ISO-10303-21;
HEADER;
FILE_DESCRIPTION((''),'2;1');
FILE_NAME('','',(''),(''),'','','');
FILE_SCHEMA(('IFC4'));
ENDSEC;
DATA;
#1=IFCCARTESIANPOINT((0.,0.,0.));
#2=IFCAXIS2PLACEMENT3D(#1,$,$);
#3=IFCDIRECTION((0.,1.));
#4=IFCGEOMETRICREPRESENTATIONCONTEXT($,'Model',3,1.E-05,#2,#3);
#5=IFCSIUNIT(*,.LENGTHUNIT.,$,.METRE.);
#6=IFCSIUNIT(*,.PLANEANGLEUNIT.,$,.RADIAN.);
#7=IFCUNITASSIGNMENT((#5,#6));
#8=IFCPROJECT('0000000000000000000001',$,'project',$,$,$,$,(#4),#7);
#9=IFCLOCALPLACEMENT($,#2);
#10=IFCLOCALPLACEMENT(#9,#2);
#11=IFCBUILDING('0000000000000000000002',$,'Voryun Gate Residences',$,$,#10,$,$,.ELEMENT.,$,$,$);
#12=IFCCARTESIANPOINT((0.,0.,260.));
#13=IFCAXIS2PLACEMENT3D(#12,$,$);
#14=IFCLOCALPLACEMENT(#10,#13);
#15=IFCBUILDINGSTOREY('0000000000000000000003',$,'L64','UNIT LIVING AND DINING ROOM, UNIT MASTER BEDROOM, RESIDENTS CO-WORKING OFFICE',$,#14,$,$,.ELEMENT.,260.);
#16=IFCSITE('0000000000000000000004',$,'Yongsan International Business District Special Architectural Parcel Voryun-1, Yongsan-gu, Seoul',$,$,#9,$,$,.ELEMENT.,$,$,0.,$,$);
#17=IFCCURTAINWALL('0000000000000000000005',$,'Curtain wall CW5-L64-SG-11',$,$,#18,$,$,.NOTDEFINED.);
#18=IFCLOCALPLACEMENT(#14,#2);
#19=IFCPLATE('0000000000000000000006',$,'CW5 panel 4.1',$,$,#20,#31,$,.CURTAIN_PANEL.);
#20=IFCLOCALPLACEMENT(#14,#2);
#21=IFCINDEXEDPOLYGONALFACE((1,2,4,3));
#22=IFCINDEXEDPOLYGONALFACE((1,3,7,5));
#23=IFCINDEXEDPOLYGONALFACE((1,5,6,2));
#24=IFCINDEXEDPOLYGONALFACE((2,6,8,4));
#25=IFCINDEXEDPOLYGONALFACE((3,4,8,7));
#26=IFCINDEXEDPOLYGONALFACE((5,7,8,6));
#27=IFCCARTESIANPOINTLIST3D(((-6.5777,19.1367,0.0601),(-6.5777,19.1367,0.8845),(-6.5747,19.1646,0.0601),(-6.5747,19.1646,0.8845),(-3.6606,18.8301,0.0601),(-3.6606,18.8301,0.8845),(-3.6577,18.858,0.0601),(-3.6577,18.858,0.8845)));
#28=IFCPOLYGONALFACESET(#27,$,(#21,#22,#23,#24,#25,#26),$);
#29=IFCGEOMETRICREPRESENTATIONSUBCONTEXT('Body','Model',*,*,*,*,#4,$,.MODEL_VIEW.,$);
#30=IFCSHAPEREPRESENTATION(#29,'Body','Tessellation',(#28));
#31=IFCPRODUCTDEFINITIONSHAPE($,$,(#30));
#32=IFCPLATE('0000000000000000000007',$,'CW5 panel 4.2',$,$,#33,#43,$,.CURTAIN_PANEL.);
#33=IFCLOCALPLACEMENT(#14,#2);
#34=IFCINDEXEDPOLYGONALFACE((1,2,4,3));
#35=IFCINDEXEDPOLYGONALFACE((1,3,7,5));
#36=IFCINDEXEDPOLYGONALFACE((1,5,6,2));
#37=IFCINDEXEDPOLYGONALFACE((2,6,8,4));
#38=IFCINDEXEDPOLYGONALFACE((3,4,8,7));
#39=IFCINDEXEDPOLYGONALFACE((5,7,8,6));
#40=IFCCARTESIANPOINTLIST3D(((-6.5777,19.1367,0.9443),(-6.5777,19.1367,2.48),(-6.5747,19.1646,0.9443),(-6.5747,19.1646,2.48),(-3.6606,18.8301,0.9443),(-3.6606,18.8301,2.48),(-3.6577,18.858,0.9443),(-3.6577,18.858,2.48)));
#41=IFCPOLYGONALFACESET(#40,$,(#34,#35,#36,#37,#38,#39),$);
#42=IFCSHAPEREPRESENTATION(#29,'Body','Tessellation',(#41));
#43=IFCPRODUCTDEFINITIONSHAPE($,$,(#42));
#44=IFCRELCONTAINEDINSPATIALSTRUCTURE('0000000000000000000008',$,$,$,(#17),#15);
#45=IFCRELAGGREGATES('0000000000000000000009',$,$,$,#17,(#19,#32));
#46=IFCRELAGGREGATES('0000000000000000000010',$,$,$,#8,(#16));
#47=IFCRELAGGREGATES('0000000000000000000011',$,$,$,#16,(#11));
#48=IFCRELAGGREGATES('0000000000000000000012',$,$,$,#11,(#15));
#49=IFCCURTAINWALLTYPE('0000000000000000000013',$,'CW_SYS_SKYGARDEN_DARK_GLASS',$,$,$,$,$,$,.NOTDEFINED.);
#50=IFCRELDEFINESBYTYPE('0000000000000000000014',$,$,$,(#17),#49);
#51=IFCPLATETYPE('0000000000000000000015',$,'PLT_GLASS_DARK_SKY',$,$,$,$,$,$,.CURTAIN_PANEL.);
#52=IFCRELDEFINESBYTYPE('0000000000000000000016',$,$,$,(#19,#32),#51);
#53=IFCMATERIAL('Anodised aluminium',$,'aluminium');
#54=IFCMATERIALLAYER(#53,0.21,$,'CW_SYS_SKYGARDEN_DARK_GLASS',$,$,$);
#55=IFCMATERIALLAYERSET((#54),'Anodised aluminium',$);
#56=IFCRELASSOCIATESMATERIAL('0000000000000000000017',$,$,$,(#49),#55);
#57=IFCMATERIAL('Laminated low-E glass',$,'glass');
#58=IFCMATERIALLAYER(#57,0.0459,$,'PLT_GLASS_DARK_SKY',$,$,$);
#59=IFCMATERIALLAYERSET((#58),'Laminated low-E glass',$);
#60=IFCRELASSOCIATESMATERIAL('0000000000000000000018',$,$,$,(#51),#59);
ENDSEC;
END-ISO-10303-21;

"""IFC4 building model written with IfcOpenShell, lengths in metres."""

from ifc_helpers import new_model, si_unit, direction, frame, origin, origin_2d, place, context, subcontext, project, spatial, rectangle, extrude, material, layer, layer_set, type_object, element, aggregate, save


model = new_model("IFC4")

# Units and contexts
model_context = context("Model", 3, precision=1e-05, world=origin(), true_north=direction((0.0, 1.0)))
body_context = subcontext(model_context, "Body", "Model", "MODEL_VIEW")
ifc_project = project(units=[si_unit("LENGTHUNIT", "METRE"), si_unit("PLANEANGLEUNIT", "RADIAN")], contexts=[model_context])

# Site, building, storey
site_placement = place(None, origin())
site = spatial("IfcSite", under=ifc_project, at=site_placement, Name="Yongsan International Business District Special Architectural Parcel Voryun-1, Yongsan-gu, Seoul", CompositionType="ELEMENT", RefElevation=0.0)
building_placement = place(site_placement, origin())
building = spatial("IfcBuilding", under=site, at=building_placement, Name="Voryun Gate Residences", CompositionType="ELEMENT")
storey_placement = place(building_placement, frame((0.0, 0.0, 260.0)))
storey = spatial("IfcBuildingStorey", under=building, at=storey_placement, Name="L64", Description="UNIT LIVING AND DINING ROOM, UNIT MASTER BEDROOM, RESIDENTS CO-WORKING OFFICE", CompositionType="ELEMENT", Elevation=260.0)

# Curtain wall
ifc_material_1 = material(Name="Anodised aluminium", Category="aluminium")
ifc_layer_1 = layer(ifc_material_1, 0.21, Name="CW_SYS_SKYGARDEN_DARK_GLASS")
ifc_layer_set_1 = layer_set([ifc_layer_1], Name="Anodised aluminium")
curtain_wall_type = type_object("IfcCurtainWallType", Name="CW_SYS_SKYGARDEN_DARK_GLASS", PredefinedType="NOTDEFINED", material=ifc_layer_set_1)
curtain_wall_placement = place(storey_placement, origin())
curtain_wall = element("IfcCurtainWall", 1, at=curtain_wall_placement, inside=storey, type_object=curtain_wall_type, Name="Curtain wall CW5-L64-SG-11", PredefinedType="NOTDEFINED")

# Plates
ifc_material_2 = material(Name="Laminated low-E glass", Category="glass")
ifc_layer_2 = layer(ifc_material_2, 0.0459, Name="PLT_GLASS_DARK_SKY")
ifc_layer_set_2 = layer_set([ifc_layer_2], Name="Laminated low-E glass")
plate_type_1 = type_object("IfcPlateType", Name="PLT_GLASS_DARK_SKY", PredefinedType="CURTAIN_PANEL", material=ifc_layer_set_2)
plate_1_placement = place(storey_placement, frame((-5.1177, 18.9973, 0.0601), z_axis=(0.0, 0.0, 1.0), x_axis=(0.994521, -0.104532, 0.0)))
plate_1 = element("IfcPlate", 2, at=plate_1_placement, type_object=plate_type_1, Name="CW5 panel 4.1", PredefinedType="CURTAIN_PANEL", context=body_context, shape_type="SweptSolid", body=[
    extrude(rectangle(XDim=2.9331, YDim=0.0281, at=origin_2d()), origin(), (0.0, 0.0, 1.0), 0.8245),
])
plate_2_placement = place(storey_placement, frame((-5.1177, 18.9973, 0.9443), z_axis=(0.0, 0.0, 1.0), x_axis=(0.994521, -0.104532, 0.0)))
plate_2 = element("IfcPlate", 3, at=plate_2_placement, type_object=plate_type_1, Name="CW5 panel 4.2", PredefinedType="CURTAIN_PANEL", context=body_context, shape_type="SweptSolid", body=[
    extrude(rectangle(XDim=2.9331, YDim=0.0281, at=origin_2d()), origin(), (0.0, 0.0, 1.0), 1.5356),
])
aggregate(curtain_wall, [plate_1, plate_2])

save(model, "model.ifc")
